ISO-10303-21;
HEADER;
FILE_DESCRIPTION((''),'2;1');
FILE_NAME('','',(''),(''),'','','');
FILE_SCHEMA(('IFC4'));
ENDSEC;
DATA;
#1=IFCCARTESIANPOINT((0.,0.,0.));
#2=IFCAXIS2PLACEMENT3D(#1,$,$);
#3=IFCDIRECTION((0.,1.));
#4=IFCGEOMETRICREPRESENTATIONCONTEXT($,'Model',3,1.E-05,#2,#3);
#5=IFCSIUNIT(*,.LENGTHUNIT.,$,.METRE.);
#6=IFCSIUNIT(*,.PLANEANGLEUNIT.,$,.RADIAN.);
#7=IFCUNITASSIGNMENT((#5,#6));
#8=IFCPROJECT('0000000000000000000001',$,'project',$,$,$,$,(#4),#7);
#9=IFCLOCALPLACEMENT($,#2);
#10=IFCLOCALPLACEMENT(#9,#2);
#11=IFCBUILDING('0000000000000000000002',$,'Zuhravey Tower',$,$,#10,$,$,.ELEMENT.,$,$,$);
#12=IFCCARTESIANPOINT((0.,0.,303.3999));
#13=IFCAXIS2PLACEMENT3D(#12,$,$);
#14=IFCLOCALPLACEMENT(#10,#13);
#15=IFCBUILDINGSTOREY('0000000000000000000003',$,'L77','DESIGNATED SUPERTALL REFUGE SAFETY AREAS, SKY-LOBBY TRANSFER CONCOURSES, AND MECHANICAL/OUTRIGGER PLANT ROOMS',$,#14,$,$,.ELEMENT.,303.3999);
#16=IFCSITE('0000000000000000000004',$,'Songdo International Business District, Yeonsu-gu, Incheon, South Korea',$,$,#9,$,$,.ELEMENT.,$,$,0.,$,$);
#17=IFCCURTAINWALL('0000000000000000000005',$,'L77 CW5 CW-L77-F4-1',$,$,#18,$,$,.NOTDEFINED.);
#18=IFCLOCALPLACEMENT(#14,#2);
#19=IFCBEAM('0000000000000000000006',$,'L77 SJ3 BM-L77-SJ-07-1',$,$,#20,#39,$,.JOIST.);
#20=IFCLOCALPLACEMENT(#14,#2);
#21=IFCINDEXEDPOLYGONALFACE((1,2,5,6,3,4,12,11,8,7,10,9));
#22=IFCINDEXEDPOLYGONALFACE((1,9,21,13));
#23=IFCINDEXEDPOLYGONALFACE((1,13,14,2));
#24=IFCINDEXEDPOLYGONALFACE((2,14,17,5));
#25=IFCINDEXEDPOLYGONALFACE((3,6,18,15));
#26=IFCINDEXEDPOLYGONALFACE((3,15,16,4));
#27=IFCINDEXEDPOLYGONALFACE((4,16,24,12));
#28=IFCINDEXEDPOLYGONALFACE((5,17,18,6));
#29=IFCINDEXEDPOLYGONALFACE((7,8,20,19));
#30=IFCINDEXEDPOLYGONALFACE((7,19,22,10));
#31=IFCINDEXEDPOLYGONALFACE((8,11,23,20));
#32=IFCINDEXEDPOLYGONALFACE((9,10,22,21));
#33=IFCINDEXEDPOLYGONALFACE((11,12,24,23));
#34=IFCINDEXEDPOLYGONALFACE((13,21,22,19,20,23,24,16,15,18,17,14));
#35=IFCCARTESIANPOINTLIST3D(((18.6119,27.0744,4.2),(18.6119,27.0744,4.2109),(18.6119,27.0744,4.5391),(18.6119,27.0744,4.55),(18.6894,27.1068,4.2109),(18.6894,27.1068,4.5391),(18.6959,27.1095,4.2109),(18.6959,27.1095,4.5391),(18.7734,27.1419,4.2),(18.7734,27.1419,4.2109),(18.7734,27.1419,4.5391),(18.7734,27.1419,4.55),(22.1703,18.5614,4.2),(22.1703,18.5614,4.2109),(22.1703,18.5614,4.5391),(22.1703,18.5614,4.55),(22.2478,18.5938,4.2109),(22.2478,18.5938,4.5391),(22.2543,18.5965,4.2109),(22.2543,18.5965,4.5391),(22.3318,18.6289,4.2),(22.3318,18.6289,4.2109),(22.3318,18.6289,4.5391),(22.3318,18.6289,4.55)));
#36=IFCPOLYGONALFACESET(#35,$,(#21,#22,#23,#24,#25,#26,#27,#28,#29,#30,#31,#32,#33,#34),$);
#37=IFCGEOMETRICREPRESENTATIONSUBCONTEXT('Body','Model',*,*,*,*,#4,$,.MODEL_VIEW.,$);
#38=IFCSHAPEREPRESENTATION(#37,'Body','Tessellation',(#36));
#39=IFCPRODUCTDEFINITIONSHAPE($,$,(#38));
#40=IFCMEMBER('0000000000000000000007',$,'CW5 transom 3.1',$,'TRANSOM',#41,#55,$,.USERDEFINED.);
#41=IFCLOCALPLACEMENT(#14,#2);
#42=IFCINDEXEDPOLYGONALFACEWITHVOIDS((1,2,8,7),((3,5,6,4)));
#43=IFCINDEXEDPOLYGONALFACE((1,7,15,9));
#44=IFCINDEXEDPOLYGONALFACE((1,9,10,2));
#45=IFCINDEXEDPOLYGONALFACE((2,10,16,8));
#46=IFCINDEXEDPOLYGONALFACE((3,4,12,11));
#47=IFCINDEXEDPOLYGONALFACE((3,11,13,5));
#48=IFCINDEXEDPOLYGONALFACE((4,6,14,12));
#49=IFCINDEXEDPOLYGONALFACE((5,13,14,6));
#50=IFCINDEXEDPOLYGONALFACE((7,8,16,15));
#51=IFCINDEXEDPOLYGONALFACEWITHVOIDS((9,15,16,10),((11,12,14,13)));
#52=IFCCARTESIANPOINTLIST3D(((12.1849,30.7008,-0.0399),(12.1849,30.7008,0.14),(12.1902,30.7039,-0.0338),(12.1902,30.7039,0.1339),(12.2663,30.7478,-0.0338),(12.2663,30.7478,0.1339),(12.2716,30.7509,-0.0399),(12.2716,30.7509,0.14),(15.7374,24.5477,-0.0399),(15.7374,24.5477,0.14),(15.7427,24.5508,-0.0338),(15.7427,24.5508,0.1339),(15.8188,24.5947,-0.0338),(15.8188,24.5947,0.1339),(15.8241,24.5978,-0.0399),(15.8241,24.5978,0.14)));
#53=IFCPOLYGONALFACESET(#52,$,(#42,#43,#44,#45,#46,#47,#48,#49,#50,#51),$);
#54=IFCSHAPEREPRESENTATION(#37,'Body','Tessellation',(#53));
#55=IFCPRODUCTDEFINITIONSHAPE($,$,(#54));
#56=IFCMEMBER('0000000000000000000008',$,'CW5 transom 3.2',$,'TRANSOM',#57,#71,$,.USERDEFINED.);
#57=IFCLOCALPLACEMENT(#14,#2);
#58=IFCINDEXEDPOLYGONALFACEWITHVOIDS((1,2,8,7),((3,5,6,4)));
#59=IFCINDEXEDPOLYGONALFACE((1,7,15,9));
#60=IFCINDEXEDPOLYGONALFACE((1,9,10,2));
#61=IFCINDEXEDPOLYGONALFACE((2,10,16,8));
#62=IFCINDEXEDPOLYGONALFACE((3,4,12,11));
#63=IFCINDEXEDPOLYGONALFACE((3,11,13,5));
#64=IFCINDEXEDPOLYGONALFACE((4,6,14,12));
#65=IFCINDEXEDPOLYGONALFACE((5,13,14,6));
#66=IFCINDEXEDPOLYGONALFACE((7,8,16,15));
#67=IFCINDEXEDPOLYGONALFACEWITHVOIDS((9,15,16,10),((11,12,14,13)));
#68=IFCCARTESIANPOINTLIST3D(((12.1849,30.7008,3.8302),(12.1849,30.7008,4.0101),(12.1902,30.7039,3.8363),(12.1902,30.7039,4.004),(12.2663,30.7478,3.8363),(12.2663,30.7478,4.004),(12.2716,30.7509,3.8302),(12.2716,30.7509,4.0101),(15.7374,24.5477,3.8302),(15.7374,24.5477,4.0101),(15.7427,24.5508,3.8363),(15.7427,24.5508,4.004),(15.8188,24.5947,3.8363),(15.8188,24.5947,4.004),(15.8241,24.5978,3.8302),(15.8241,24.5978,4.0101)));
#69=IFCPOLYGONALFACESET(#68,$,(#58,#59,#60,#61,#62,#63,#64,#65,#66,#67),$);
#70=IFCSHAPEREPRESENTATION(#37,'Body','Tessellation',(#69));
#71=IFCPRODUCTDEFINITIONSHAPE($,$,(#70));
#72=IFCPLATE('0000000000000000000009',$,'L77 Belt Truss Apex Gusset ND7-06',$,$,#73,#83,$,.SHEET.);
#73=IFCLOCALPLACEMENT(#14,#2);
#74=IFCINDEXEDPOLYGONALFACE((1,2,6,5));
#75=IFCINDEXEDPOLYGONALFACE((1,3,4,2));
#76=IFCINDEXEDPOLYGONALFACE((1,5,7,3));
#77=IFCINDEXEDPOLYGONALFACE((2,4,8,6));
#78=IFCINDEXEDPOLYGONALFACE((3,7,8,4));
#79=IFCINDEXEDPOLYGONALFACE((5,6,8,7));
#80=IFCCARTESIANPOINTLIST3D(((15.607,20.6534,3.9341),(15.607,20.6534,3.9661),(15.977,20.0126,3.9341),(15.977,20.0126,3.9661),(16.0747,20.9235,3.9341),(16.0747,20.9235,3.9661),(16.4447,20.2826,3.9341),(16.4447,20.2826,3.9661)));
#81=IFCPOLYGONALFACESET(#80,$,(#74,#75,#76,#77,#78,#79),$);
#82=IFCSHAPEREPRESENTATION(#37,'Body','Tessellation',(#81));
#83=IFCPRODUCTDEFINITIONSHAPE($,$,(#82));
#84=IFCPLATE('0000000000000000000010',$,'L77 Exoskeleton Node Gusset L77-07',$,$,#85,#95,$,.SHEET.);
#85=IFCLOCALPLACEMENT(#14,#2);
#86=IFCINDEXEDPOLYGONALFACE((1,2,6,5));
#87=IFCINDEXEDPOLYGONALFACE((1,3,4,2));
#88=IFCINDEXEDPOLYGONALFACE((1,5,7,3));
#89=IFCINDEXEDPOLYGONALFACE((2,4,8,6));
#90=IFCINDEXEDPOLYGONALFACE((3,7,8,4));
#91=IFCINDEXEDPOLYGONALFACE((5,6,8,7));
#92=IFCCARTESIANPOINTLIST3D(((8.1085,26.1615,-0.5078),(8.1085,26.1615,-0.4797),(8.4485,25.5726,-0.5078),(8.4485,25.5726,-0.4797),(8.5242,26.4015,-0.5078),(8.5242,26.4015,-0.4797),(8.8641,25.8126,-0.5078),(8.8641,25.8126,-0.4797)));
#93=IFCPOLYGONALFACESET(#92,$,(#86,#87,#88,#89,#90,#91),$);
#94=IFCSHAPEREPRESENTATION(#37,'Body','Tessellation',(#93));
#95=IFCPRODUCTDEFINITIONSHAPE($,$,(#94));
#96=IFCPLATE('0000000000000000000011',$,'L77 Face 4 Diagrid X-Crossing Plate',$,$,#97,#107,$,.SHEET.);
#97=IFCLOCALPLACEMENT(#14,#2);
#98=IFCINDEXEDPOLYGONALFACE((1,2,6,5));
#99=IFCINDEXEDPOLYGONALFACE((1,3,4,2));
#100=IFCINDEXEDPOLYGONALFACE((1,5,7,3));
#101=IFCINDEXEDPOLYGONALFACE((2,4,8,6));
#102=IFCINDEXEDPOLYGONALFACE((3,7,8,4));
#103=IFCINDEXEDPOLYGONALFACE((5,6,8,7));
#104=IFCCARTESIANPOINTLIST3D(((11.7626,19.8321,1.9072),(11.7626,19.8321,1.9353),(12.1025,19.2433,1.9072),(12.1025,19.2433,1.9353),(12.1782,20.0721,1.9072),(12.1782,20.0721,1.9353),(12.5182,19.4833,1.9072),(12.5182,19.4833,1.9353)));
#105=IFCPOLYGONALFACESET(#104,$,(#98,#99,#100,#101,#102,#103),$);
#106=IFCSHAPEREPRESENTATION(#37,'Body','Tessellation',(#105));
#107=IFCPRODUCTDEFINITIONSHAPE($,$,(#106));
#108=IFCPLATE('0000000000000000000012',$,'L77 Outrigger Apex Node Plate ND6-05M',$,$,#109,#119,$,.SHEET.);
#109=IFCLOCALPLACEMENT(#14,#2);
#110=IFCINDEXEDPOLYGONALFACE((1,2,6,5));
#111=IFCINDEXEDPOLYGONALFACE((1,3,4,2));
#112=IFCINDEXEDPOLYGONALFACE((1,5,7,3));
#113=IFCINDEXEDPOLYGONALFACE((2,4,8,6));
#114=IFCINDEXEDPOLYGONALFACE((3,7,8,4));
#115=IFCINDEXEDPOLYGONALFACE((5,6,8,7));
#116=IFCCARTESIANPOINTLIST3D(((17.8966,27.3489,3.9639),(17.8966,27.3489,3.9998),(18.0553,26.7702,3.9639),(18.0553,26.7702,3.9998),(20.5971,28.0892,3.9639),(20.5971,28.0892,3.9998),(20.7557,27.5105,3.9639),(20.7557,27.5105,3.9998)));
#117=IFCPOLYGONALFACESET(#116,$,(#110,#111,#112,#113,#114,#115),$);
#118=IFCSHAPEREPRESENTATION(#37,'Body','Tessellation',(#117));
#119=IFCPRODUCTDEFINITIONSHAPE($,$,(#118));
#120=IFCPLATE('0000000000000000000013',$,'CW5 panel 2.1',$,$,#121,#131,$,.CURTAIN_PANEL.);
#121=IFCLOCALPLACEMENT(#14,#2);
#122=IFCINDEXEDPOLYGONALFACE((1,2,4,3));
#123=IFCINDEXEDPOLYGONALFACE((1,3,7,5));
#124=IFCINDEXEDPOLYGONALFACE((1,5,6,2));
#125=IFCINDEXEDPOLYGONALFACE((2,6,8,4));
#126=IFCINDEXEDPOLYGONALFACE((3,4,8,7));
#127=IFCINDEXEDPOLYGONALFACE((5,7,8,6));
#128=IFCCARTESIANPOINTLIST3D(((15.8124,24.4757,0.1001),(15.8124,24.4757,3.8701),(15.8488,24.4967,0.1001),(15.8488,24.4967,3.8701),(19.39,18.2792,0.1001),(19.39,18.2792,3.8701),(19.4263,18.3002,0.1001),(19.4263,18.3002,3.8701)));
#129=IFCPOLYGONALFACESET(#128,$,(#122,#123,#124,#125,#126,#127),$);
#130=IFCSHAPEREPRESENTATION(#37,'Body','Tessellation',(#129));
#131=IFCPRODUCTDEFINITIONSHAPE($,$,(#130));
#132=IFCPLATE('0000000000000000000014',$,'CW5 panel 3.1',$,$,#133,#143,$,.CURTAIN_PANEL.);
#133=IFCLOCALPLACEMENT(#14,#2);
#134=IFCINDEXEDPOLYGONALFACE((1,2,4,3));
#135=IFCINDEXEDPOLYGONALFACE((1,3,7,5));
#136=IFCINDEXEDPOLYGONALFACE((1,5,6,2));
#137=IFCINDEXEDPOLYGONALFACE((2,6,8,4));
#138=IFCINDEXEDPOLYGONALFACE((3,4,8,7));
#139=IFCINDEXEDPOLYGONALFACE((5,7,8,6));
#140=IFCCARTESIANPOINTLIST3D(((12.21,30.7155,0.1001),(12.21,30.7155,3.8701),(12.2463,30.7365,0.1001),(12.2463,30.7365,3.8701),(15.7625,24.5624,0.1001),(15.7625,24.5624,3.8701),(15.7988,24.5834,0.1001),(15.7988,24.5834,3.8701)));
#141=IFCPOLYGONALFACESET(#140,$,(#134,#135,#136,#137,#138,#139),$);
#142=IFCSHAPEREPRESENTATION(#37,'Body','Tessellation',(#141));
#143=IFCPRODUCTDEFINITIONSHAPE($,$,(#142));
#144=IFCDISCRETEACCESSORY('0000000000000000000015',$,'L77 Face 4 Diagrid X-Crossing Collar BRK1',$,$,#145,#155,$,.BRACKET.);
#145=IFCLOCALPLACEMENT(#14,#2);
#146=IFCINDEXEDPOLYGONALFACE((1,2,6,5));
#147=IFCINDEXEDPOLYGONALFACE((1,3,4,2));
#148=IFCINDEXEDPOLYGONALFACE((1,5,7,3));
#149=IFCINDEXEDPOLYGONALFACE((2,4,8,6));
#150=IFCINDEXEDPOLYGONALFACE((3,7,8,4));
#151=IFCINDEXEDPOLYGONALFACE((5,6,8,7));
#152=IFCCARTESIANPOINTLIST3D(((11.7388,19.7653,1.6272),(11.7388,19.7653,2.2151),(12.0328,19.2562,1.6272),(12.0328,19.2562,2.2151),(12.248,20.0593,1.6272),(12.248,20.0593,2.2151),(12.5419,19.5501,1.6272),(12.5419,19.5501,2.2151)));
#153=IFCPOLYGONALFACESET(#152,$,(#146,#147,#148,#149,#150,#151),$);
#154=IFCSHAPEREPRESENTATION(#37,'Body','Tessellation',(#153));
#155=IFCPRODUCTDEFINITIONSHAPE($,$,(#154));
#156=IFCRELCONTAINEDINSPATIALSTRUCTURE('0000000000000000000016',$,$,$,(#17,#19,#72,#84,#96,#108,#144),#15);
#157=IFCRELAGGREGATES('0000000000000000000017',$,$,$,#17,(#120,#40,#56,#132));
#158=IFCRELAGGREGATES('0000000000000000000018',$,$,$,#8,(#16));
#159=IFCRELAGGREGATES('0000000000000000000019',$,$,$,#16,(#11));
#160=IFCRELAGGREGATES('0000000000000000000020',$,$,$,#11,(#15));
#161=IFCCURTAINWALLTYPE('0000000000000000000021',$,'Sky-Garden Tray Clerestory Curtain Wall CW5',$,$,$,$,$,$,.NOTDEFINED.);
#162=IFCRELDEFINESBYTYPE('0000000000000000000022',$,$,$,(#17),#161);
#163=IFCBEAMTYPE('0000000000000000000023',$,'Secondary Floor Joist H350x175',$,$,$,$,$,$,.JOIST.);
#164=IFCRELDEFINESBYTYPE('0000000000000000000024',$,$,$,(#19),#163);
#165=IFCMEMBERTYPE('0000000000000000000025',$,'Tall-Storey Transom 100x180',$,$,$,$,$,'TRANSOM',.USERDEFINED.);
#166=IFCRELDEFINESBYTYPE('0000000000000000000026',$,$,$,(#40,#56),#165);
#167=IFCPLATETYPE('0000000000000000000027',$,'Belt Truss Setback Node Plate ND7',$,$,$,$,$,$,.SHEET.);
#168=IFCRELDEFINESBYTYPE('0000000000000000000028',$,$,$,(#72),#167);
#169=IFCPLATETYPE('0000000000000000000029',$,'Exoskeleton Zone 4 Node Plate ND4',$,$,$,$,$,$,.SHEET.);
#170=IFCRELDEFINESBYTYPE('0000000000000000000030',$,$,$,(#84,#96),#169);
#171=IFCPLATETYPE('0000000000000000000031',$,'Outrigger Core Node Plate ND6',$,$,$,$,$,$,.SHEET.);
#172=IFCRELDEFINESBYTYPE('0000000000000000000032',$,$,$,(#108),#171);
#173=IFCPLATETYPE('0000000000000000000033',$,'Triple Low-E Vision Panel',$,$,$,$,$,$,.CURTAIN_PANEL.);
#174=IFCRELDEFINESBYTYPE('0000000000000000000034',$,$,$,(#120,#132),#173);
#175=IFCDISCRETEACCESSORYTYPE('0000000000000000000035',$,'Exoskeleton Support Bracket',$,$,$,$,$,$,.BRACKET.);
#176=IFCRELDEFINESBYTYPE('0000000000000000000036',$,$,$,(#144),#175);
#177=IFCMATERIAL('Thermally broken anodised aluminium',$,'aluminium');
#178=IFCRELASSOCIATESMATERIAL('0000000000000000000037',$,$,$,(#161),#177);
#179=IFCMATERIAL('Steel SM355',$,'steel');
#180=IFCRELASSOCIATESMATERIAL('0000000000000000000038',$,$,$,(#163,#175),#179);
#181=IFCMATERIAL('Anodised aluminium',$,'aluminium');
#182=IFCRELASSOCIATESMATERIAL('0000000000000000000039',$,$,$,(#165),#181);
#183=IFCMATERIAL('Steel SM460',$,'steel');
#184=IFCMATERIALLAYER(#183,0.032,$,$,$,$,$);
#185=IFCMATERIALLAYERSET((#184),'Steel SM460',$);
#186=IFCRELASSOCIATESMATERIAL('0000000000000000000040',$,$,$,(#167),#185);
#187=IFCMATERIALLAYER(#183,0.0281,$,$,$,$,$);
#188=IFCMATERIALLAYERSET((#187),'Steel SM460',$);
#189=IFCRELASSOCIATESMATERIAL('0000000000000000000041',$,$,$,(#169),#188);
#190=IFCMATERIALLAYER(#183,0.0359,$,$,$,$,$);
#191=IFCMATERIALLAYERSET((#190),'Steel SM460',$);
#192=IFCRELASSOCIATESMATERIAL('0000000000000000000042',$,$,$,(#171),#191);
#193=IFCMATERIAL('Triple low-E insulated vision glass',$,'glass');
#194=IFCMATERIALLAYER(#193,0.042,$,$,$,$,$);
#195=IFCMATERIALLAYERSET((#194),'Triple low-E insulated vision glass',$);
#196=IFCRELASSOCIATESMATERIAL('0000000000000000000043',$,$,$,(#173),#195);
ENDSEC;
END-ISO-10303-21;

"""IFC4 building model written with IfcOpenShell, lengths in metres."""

from ifc_helpers import new_model, si_unit, direction, frame, origin, origin_2d, place, context, subcontext, project, spatial, rectangle, hollow_rectangle, i_section, extrude, material, layer, layer_set, material_profile, profile_set, type_object, element, aggregate, save


model = new_model("IFC4")

# Units and contexts
model_context = context("Model", 3, precision=1e-05, world=origin(), true_north=direction((0.0, 1.0)))
body_context = subcontext(model_context, "Body", "Model", "MODEL_VIEW")
ifc_project = project(units=[si_unit("LENGTHUNIT", "METRE"), si_unit("PLANEANGLEUNIT", "RADIAN")], contexts=[model_context])

# Site, building, storey
site_placement = place(None, origin())
site = spatial("IfcSite", under=ifc_project, at=site_placement, Name="Songdo International Business District, Yeonsu-gu, Incheon, South Korea", CompositionType="ELEMENT", RefElevation=0.0)
building_placement = place(site_placement, origin())
building = spatial("IfcBuilding", under=site, at=building_placement, Name="Zuhravey Tower", CompositionType="ELEMENT")
storey_placement = place(building_placement, frame((0.0, 0.0, 303.3999)))
storey = spatial("IfcBuildingStorey", under=building, at=storey_placement, Name="L77", Description="DESIGNATED SUPERTALL REFUGE SAFETY AREAS, SKY-LOBBY TRANSFER CONCOURSES, AND MECHANICAL/OUTRIGGER PLANT ROOMS", CompositionType="ELEMENT", Elevation=303.3999)

# Shared definitions
ifc_material_1 = material(Name="Steel SM355", Category="steel")

# Shared definitions
ifc_material_2 = material(Name="Steel SM460", Category="steel")

# Curtain wall
ifc_material_3 = material(Name="Thermally broken anodised aluminium", Category="aluminium")
curtain_wall_type = type_object("IfcCurtainWallType", Name="Sky-Garden Tray Clerestory Curtain Wall CW5", PredefinedType="NOTDEFINED", material=ifc_material_3)
curtain_wall_placement = place(storey_placement, origin())
curtain_wall = element("IfcCurtainWall", 1, at=curtain_wall_placement, inside=storey, type_object=curtain_wall_type, Name="L77 CW5 CW-L77-F4-1", PredefinedType="NOTDEFINED")
ifc_material_4 = material(Name="Anodised aluminium", Category="aluminium")

# Beam
ifc_material_profile_1 = material_profile(ifc_material_1, i_section(OverallWidth=0.175, OverallDepth=0.3501, WebThickness=0.0071, FlangeThickness=0.011, at=origin_2d()), Name="H-350x175x7x11")
ifc_profile_set_1 = profile_set([ifc_material_profile_1], Name="Steel SM355")
beam_type_1 = type_object("IfcBeamType", Name="Secondary Floor Joist H350x175", PredefinedType="JOIST", material=ifc_profile_set_1)
beam_1_placement = place(storey_placement, frame((18.6926, 27.1082, 4.375), z_axis=(0.385658, -0.922642, 0.0), x_axis=(0.922642, 0.385658, 0.0)))
element("IfcBeam", 2, at=beam_1_placement, inside=storey, type_object=beam_type_1, Name="L77 SJ3 BM-L77-SJ-07-1", PredefinedType="JOIST", context=body_context, shape_type="SweptSolid", body=[
    extrude(i_section(OverallWidth=0.175, OverallDepth=0.3501, WebThickness=0.0071, FlangeThickness=0.011, at=origin_2d()), origin(), (0.0, 0.0, 1.0), 9.2268),
])

# Members
ifc_material_profile_2 = material_profile(ifc_material_4, hollow_rectangle(XDim=0.1001, YDim=0.1799, WallThickness=0.0061, at=origin_2d()), Name="ALU-RHS-100x180x6")
ifc_profile_set_2 = profile_set([ifc_material_profile_2], Name="Anodised aluminium")
member_type_1 = type_object("IfcMemberType", Name="Tall-Storey Transom 100x180", ElementType="TRANSOM", PredefinedType="USERDEFINED", material=ifc_profile_set_2)
member_1_placement = place(storey_placement, frame((15.7808, 24.5728, 0.05), z_axis=(-0.500001, 0.866025, 0.0), x_axis=(-0.866025, -0.500001, 0.0)))
member_1 = element("IfcMember", 3, at=member_1_placement, type_object=member_type_1, Name="CW5 transom 3.1", ObjectType="TRANSOM", PredefinedType="USERDEFINED", context=body_context, shape_type="SweptSolid", body=[
    extrude(hollow_rectangle(XDim=0.1001, YDim=0.1799, WallThickness=0.0061, at=origin_2d()), origin(), (0.0, 0.0, 1.0), 7.105),
])
member_2_placement = place(storey_placement, frame((15.7808, 24.5728, 3.9202), z_axis=(-0.500001, 0.866025, 0.0), x_axis=(-0.866025, -0.500001, 0.0)))
member_2 = element("IfcMember", 4, at=member_2_placement, type_object=member_type_1, Name="CW5 transom 3.2", ObjectType="TRANSOM", PredefinedType="USERDEFINED", context=body_context, shape_type="SweptSolid", body=[
    extrude(hollow_rectangle(XDim=0.1001, YDim=0.1799, WallThickness=0.0061, at=origin_2d()), origin(), (0.0, 0.0, 1.0), 7.105),
])

# Plates
ifc_layer_1 = layer(ifc_material_2, 0.032)
ifc_layer_set_1 = layer_set([ifc_layer_1], Name="Steel SM460")
plate_type_1 = type_object("IfcPlateType", Name="Belt Truss Setback Node Plate ND7", PredefinedType="SHEET", material=ifc_layer_set_1)
plate_1_placement = place(storey_placement, frame((16.0259, 20.468, 3.9341), z_axis=(0.0, 0.0, 1.0), x_axis=(0.5, -0.866025, 0.0)))
element("IfcPlate", 5, at=plate_1_placement, inside=storey, type_object=plate_type_1, Name="L77 Belt Truss Apex Gusset ND7-06", PredefinedType="SHEET", context=body_context, shape_type="SweptSolid", body=[
    extrude(rectangle(XDim=0.74, YDim=0.54, at=origin_2d()), origin(), (0.0, 0.0, 1.0), 0.032),
])
ifc_layer_2 = layer(ifc_material_2, 0.0281)
ifc_layer_set_2 = layer_set([ifc_layer_2], Name="Steel SM460")
plate_type_2 = type_object("IfcPlateType", Name="Exoskeleton Zone 4 Node Plate ND4", PredefinedType="SHEET", material=ifc_layer_set_2)
for number, where, z_axis, x_axis, name in (
    (6, (8.4863, 25.9871, -0.5078), (0.0, 0.0, 1.0), (0.5, -0.866025, 0.0), "L77 Exoskeleton Node Gusset L77-07"),
    (7, (12.1404, 19.6577, 1.9072), (0.0, 0.0, 1.0), (0.5, -0.866025, 0.0), "L77 Face 4 Diagrid X-Crossing Plate"),
):
    element("IfcPlate", number, at=place(storey_placement, frame(where, z_axis=z_axis, x_axis=x_axis)), inside=storey, type_object=plate_type_2, Name=name, PredefinedType="SHEET", context=body_context, shape_type="SweptSolid", body=[
        extrude(rectangle(XDim=0.6799, YDim=0.48, at=origin_2d()), origin(), (0.0, 0.0, 1.0), 0.0281),
    ])
ifc_layer_3 = layer(ifc_material_2, 0.0359)
ifc_layer_set_3 = layer_set([ifc_layer_3], Name="Steel SM460")
plate_type_3 = type_object("IfcPlateType", Name="Outrigger Core Node Plate ND6", PredefinedType="SHEET", material=ifc_layer_set_3)
plate_2_placement = place(storey_placement, frame((19.3262, 27.4297, 3.9639), z_axis=(0.0, 0.0, 1.0), x_axis=(-0.964419, -0.264378, 0.0)))
element("IfcPlate", 8, at=plate_2_placement, inside=storey, type_object=plate_type_3, Name="L77 Outrigger Apex Node Plate ND6-05M", PredefinedType="SHEET", context=body_context, shape_type="SweptSolid", body=[
    extrude(rectangle(XDim=2.8, YDim=0.6001, at=origin_2d()), origin(), (0.0, 0.0, 1.0), 0.0359),
])

# Plates
ifc_material_5 = material(Name="Triple low-E insulated vision glass", Category="glass")
ifc_layer_4 = layer(ifc_material_5, 0.042)
ifc_layer_set_4 = layer_set([ifc_layer_4], Name="Triple low-E insulated vision glass")
plate_type_4 = type_object("IfcPlateType", Name="Triple Low-E Vision Panel", PredefinedType="CURTAIN_PANEL", material=ifc_layer_set_4)
plate_3_placement = place(storey_placement, frame((17.6194, 21.3879, 0.1001), z_axis=(0.0, 0.0, 1.0), x_axis=(-0.499999, 0.866026, 0.0)))
plate_3 = element("IfcPlate", 9, at=plate_3_placement, type_object=plate_type_4, Name="CW5 panel 2.1", PredefinedType="CURTAIN_PANEL", context=body_context, shape_type="SweptSolid", body=[
    extrude(rectangle(XDim=7.155, YDim=0.042, at=origin_2d()), origin(), (0.0, 0.0, 1.0), 3.77),
])
plate_4_placement = place(storey_placement, frame((14.0044, 27.6494, 0.1001), z_axis=(0.0, 0.0, 1.0), x_axis=(-0.499999, 0.866026, 0.0)))
plate_4 = element("IfcPlate", 10, at=plate_4_placement, type_object=plate_type_4, Name="CW5 panel 3.1", PredefinedType="CURTAIN_PANEL", context=body_context, shape_type="SweptSolid", body=[
    extrude(rectangle(XDim=7.105, YDim=0.042, at=origin_2d()), origin(), (0.0, 0.0, 1.0), 3.77),
])
aggregate(curtain_wall, [plate_3, member_1, member_2, plate_4])

# Discrete accessory
discrete_accessory_type = type_object("IfcDiscreteAccessoryType", Name="Exoskeleton Support Bracket", PredefinedType="BRACKET", material=ifc_material_1)
discrete_accessory_placement = place(storey_placement, frame((12.1404, 19.6577, 1.6272), z_axis=(0.0, 0.0, 1.0), x_axis=(0.5, -0.866025, 0.0)))
element("IfcDiscreteAccessory", 11, at=discrete_accessory_placement, inside=storey, type_object=discrete_accessory_type, Name="L77 Face 4 Diagrid X-Crossing Collar BRK1", PredefinedType="BRACKET", context=body_context, shape_type="SweptSolid", body=[
    extrude(rectangle(XDim=0.5879, YDim=0.5879, at=origin_2d()), origin(), (0.0, 0.0, 1.0), 0.5879),
])

save(model, "model.ifc")
